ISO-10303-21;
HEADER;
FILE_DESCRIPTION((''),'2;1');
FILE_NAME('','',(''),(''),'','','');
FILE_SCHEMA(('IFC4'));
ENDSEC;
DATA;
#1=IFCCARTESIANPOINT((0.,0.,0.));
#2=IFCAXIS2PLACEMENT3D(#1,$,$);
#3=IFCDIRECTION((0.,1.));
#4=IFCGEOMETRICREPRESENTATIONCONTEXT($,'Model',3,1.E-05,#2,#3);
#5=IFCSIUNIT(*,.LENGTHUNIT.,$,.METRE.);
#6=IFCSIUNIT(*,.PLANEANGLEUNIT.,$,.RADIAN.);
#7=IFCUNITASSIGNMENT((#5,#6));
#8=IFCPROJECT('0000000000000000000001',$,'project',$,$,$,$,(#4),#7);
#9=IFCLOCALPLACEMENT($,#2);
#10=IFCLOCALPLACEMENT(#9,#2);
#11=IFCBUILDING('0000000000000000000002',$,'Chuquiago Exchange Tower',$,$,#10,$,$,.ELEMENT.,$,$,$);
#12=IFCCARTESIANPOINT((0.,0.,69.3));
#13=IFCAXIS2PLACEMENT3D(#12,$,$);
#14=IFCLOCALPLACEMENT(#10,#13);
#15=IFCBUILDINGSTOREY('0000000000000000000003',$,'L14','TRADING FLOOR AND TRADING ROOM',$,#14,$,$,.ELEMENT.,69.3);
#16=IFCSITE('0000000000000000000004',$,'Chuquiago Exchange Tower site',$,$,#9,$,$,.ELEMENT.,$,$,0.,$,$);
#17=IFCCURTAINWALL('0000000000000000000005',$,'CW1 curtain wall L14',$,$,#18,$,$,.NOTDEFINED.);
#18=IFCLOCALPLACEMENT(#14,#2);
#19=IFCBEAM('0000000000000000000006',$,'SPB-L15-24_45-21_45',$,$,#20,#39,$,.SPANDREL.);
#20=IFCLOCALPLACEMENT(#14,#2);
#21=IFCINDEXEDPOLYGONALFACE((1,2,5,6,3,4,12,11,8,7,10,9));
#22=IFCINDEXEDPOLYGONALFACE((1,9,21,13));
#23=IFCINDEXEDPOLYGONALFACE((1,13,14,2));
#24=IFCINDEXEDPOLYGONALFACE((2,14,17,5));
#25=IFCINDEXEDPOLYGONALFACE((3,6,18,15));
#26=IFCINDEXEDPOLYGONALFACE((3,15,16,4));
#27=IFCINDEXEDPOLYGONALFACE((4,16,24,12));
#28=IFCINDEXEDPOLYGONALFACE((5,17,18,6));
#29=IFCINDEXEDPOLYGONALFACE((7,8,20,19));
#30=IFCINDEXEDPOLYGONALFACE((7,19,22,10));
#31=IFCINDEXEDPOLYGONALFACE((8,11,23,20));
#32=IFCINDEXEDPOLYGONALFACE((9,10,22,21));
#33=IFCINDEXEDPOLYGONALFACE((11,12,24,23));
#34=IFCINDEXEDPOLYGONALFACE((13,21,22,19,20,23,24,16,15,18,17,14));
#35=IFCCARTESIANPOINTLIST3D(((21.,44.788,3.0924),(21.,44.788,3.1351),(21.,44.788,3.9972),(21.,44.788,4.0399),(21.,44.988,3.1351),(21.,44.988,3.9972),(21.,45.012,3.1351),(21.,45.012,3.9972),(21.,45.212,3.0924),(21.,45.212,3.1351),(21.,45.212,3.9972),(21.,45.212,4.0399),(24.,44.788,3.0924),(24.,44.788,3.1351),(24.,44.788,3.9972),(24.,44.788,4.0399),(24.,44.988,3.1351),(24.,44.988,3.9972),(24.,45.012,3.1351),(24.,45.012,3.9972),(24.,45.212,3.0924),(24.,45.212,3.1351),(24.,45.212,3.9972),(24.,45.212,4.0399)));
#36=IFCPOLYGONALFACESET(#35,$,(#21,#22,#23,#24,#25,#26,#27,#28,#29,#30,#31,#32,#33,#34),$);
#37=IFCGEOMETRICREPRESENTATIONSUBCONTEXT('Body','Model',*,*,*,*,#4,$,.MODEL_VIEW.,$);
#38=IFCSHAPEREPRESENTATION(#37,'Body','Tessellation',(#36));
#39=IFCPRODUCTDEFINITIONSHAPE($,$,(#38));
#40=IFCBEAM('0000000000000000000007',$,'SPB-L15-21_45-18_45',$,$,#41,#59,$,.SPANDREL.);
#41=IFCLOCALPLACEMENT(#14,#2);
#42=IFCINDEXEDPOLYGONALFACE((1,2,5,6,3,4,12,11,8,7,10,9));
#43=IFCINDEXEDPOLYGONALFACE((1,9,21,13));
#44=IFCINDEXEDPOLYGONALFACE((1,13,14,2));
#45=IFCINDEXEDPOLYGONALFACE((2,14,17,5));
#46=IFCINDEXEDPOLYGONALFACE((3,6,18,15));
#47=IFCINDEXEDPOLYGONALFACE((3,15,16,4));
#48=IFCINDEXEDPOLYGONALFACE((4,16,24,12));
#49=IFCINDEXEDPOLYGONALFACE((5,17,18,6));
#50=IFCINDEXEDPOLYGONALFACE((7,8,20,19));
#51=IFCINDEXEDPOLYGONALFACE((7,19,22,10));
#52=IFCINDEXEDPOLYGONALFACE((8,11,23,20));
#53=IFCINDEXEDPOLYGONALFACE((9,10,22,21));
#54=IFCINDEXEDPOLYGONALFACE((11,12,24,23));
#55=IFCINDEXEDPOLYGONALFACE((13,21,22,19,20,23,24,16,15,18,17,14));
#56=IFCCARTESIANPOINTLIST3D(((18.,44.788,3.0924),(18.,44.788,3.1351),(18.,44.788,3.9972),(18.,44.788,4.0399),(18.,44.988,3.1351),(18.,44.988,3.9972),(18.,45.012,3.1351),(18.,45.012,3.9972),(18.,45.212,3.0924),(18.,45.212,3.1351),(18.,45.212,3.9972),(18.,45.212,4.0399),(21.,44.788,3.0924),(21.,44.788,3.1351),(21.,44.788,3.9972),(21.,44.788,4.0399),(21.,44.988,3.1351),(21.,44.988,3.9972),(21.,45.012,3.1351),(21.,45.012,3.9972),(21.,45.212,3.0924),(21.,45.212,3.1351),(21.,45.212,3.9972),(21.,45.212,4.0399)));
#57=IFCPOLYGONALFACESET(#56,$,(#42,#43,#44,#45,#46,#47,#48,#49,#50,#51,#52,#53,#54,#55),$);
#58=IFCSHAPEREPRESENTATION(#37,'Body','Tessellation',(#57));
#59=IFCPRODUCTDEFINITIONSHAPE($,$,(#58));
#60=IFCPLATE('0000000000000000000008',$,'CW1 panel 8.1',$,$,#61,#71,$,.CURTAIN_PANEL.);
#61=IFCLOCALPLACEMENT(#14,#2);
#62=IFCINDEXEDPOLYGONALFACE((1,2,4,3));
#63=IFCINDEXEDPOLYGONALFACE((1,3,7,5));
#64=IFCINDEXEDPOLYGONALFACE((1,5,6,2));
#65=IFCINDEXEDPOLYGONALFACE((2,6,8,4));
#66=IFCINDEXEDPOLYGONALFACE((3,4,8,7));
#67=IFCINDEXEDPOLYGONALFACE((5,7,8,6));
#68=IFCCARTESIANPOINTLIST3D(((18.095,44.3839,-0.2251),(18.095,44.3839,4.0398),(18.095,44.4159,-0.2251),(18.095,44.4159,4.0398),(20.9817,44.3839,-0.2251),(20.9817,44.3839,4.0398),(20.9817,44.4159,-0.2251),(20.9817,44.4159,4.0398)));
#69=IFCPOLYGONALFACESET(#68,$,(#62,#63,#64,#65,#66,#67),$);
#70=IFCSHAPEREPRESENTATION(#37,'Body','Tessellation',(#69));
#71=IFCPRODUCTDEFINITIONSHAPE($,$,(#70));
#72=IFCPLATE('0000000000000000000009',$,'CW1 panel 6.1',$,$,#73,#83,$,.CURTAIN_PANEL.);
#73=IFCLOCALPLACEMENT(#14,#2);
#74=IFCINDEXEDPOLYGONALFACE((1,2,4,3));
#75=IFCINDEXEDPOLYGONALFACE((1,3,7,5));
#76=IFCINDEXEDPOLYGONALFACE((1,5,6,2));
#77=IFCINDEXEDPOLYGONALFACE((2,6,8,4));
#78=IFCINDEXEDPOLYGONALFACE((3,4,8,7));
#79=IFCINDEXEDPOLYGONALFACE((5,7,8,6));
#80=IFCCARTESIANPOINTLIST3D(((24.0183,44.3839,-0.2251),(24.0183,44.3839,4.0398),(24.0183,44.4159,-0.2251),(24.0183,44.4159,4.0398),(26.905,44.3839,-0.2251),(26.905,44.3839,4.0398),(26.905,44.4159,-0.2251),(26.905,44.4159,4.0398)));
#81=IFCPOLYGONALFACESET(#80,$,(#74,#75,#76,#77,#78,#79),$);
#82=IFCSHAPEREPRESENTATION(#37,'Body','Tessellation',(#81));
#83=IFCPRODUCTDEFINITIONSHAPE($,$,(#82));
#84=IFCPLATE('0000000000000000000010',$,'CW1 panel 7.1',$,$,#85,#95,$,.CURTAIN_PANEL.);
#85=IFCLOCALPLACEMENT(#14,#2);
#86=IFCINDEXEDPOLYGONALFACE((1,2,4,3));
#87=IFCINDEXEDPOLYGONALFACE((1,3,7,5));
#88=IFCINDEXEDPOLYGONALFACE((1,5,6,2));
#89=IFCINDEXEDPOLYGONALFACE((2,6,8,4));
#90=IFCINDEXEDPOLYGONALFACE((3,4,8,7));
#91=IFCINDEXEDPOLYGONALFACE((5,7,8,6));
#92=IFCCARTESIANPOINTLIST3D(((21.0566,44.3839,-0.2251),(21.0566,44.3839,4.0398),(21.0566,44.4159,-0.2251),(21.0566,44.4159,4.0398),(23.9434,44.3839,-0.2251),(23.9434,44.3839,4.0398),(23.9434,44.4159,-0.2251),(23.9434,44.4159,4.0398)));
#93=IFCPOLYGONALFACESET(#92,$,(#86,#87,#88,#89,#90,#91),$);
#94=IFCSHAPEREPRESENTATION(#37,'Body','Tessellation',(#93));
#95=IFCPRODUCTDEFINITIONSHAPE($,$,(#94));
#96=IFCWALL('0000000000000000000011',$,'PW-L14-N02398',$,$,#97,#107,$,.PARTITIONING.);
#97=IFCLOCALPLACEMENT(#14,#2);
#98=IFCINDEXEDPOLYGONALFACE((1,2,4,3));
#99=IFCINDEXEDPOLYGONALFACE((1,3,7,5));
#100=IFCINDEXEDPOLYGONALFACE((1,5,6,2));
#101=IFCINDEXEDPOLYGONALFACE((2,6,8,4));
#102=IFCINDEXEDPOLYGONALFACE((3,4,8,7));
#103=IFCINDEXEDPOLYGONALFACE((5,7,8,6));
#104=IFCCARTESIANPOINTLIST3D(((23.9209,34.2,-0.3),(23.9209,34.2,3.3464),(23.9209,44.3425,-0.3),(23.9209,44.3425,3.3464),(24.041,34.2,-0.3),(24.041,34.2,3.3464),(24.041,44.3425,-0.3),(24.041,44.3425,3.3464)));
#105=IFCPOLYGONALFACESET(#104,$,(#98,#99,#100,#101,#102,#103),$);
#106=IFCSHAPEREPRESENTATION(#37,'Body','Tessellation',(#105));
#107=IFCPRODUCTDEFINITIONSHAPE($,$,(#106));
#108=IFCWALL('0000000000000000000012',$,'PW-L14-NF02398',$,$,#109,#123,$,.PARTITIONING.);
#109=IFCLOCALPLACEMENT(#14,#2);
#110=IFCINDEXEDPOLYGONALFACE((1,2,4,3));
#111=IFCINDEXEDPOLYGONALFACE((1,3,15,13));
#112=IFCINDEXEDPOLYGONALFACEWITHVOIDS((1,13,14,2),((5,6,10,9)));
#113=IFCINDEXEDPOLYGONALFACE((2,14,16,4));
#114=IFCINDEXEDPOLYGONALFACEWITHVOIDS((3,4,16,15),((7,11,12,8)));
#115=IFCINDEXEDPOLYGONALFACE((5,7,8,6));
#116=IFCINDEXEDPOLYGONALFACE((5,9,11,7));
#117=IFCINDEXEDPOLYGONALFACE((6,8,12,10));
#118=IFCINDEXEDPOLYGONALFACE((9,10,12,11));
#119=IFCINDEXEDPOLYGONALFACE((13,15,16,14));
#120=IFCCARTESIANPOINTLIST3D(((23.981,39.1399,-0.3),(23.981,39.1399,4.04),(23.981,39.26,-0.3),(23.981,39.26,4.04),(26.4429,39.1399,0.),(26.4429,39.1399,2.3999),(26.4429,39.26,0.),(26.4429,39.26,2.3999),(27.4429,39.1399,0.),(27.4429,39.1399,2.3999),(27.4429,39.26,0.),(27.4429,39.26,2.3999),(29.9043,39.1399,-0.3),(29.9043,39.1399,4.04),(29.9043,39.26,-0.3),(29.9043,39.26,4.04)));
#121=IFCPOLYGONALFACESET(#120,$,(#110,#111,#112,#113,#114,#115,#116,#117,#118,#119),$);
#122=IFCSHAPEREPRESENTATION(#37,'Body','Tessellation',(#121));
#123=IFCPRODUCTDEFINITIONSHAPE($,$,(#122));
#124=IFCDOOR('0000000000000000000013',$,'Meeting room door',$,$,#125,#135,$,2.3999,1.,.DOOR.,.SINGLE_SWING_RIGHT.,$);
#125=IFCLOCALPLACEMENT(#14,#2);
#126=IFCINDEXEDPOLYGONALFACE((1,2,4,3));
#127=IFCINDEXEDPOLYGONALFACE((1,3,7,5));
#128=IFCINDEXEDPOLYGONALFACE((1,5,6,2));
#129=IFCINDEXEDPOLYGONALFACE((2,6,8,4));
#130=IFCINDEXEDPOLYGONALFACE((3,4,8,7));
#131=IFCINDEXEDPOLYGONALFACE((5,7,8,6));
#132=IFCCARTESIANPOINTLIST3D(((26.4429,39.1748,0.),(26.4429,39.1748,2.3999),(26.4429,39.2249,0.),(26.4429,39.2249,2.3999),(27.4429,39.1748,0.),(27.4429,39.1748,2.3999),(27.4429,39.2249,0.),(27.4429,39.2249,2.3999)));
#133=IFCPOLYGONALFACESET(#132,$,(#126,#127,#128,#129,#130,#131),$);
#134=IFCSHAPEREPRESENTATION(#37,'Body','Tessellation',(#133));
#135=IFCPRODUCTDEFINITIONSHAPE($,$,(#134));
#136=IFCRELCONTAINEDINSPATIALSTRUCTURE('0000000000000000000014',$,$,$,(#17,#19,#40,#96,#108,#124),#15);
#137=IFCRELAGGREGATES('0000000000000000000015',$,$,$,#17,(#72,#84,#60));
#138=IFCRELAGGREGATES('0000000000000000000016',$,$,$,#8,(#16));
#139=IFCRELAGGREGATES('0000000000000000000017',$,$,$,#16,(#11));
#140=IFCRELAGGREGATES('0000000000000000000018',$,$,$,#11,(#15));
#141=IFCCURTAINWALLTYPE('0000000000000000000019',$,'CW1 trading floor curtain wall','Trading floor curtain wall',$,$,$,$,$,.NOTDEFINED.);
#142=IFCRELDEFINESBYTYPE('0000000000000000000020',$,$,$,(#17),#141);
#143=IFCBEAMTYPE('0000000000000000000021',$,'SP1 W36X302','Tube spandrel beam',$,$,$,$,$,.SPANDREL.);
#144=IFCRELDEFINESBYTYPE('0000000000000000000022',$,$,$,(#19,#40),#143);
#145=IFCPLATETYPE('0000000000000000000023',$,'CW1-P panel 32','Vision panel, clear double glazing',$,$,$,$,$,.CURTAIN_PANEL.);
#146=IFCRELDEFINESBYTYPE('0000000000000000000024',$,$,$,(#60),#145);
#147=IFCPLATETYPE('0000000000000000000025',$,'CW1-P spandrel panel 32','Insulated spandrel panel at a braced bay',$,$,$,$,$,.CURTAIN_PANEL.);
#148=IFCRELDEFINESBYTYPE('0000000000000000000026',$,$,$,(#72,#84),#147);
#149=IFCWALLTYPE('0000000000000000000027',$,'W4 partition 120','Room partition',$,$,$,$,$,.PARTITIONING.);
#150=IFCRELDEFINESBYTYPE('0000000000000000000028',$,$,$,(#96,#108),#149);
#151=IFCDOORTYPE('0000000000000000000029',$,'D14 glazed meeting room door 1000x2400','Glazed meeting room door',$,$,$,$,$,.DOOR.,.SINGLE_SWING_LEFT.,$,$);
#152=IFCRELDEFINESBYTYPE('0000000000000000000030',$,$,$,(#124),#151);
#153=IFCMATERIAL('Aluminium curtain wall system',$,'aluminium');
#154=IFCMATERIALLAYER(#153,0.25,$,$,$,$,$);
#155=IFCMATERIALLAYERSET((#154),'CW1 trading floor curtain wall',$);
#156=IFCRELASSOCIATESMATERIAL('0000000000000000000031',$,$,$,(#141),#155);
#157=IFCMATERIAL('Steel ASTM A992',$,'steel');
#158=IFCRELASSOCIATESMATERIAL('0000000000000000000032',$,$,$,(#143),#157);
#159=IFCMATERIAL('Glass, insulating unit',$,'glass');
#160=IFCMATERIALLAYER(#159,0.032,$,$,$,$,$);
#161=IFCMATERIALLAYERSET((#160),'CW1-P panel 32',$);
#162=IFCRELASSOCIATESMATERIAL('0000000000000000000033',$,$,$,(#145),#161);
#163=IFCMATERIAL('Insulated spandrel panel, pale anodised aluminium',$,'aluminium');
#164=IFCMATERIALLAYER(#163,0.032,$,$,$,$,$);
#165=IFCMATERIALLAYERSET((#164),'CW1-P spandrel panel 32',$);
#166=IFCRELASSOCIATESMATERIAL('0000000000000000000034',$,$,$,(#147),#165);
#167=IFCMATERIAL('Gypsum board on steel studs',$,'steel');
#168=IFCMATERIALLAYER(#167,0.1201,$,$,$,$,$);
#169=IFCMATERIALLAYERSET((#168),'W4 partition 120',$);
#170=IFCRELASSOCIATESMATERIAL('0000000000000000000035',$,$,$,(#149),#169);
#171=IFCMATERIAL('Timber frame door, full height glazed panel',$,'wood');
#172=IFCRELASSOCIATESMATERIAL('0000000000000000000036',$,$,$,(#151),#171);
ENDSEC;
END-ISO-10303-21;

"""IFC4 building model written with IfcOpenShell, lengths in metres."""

from ifc_helpers import new_model, si_unit, direction, frame, frame_2d, origin, origin_2d, place, context, subcontext, project, spatial, rectangle, i_section, extrude, material, layer, layer_set, material_profile, profile_set, type_object, element, fill, aggregate, save


model = new_model("IFC4")

# Units and contexts
model_context = context("Model", 3, precision=1e-05, world=origin(), true_north=direction((0.0, 1.0)))
body_context = subcontext(model_context, "Body", "Model", "MODEL_VIEW")
ifc_project = project(units=[si_unit("LENGTHUNIT", "METRE"), si_unit("PLANEANGLEUNIT", "RADIAN")], contexts=[model_context])

# Site, building, storey
site_placement = place(None, origin())
site = spatial("IfcSite", under=ifc_project, at=site_placement, Name="Chuquiago Exchange Tower site", CompositionType="ELEMENT", RefElevation=0.0)
building_placement = place(site_placement, origin())
building = spatial("IfcBuilding", under=site, at=building_placement, Name="Chuquiago Exchange Tower", CompositionType="ELEMENT")
storey_placement = place(building_placement, frame((0.0, 0.0, 69.3)))
storey = spatial("IfcBuildingStorey", under=building, at=storey_placement, Name="L14", Description="TRADING FLOOR AND TRADING ROOM", CompositionType="ELEMENT", Elevation=69.3)

# Curtain wall
ifc_material_1 = material(Name="Aluminium curtain wall system", Category="aluminium")
ifc_layer_1 = layer(ifc_material_1, 0.25)
ifc_layer_set_1 = layer_set([ifc_layer_1], Name="CW1 trading floor curtain wall")
curtain_wall_type = type_object("IfcCurtainWallType", Name="CW1 trading floor curtain wall", Description="Trading floor curtain wall", PredefinedType="NOTDEFINED", material=ifc_layer_set_1)
curtain_wall_placement = place(storey_placement, origin())
curtain_wall = element("IfcCurtainWall", 1, at=curtain_wall_placement, inside=storey, type_object=curtain_wall_type, Name="CW1 curtain wall L14", PredefinedType="NOTDEFINED")

# Beams
ifc_material_2 = material(Name="Steel ASTM A992", Category="steel")
ifc_material_profile_1 = material_profile(ifc_material_2, i_section(OverallWidth=0.4241, OverallDepth=0.9475, WebThickness=0.0239, FlangeThickness=0.0427, at=origin_2d()), Name="W36X302")
ifc_profile_set_1 = profile_set([ifc_material_profile_1], Name="Steel ASTM A992")
beam_type = type_object("IfcBeamType", Name="SP1 W36X302", Description="Tube spandrel beam", PredefinedType="SPANDREL", material=ifc_profile_set_1)
for number, where, z_axis, x_axis, name in (
    (2, (24.0, 45.0, 3.5662), (-1.0, 0.0, 0.0), (0.0, -1.0, 0.0), "SPB-L15-24_45-21_45"),
    (3, (21.0, 45.0, 3.5662), (-1.0, 0.0, 0.0), (0.0, -1.0, 0.0), "SPB-L15-21_45-18_45"),
):
    element("IfcBeam", number, at=place(storey_placement, frame(where, z_axis=z_axis, x_axis=x_axis)), inside=storey, type_object=beam_type, Name=name, PredefinedType="SPANDREL", context=body_context, shape_type="SweptSolid", body=[
        extrude(i_section(OverallWidth=0.4241, OverallDepth=0.9475, WebThickness=0.0239, FlangeThickness=0.0427, at=origin_2d()), origin(), (0.0, 0.0, 1.0), 3.0),
    ])

# Plates
ifc_material_3 = material(Name="Glass, insulating unit", Category="glass")
ifc_layer_2 = layer(ifc_material_3, 0.032)
ifc_layer_set_2 = layer_set([ifc_layer_2], Name="CW1-P panel 32")
plate_type_1 = type_object("IfcPlateType", Name="CW1-P panel 32", Description="Vision panel, clear double glazing", PredefinedType="CURTAIN_PANEL", material=ifc_layer_set_2)
plate_1_placement = place(storey_placement, frame((19.5383, 44.3999, -0.2251), z_axis=(0.0, 0.0, 1.0), x_axis=(-1.0, 0.0, 0.0)))
plate_1 = element("IfcPlate", 4, at=plate_1_placement, type_object=plate_type_1, Name="CW1 panel 8.1", PredefinedType="CURTAIN_PANEL", context=body_context, shape_type="SweptSolid", body=[
    extrude(rectangle(XDim=2.8867, YDim=0.032, at=origin_2d()), origin(), (0.0, 0.0, 1.0), 4.2649),
])
ifc_material_4 = material(Name="Insulated spandrel panel, pale anodised aluminium", Category="aluminium")
ifc_layer_3 = layer(ifc_material_4, 0.032)
ifc_layer_set_3 = layer_set([ifc_layer_3], Name="CW1-P spandrel panel 32")
plate_type_2 = type_object("IfcPlateType", Name="CW1-P spandrel panel 32", Description="Insulated spandrel panel at a braced bay", PredefinedType="CURTAIN_PANEL", material=ifc_layer_set_3)
plate_2_placement = place(storey_placement, frame((25.4617, 44.3999, -0.2251), z_axis=(0.0, 0.0, 1.0), x_axis=(-1.0, 0.0, 0.0)))
plate_2 = element("IfcPlate", 5, at=plate_2_placement, type_object=plate_type_2, Name="CW1 panel 6.1", PredefinedType="CURTAIN_PANEL", context=body_context, shape_type="SweptSolid", body=[
    extrude(rectangle(XDim=2.8867, YDim=0.032, at=origin_2d()), origin(), (0.0, 0.0, 1.0), 4.2649),
])
plate_3_placement = place(storey_placement, frame((22.5, 44.3999, -0.2251), z_axis=(0.0, 0.0, 1.0), x_axis=(-1.0, 0.0, 0.0)))
plate_3 = element("IfcPlate", 6, at=plate_3_placement, type_object=plate_type_2, Name="CW1 panel 7.1", PredefinedType="CURTAIN_PANEL", context=body_context, shape_type="SweptSolid", body=[
    extrude(rectangle(XDim=2.8867, YDim=0.032, at=origin_2d()), origin(), (0.0, 0.0, 1.0), 4.2649),
])
aggregate(curtain_wall, [plate_2, plate_3, plate_1])

# Wall
ifc_material_5 = material(Name="Gypsum board on steel studs", Category="steel")
ifc_layer_4 = layer(ifc_material_5, 0.1201)
ifc_layer_set_4 = layer_set([ifc_layer_4], Name="W4 partition 120")
wall_type = type_object("IfcWallType", Name="W4 partition 120", Description="Room partition", PredefinedType="PARTITIONING", material=ifc_layer_set_4)
wall_1_placement = place(storey_placement, frame((23.981, 44.3425, -0.3), z_axis=(0.0, 0.0, 1.0), x_axis=(0.0, -1.0, 0.0)))
element("IfcWall", 7, at=wall_1_placement, inside=storey, type_object=wall_type, Name="PW-L14-N02398", PredefinedType="PARTITIONING", context=body_context, shape_type="SweptSolid", body=[
    extrude(rectangle(XDim=10.1426, YDim=0.1201, at=frame_2d((5.0713, 0.0))), origin(), (0.0, 0.0, 1.0), 3.6465),
])

# Wall, opening, door
wall_2_placement = place(storey_placement, frame((23.981, 39.2, -0.3), z_axis=(0.0, 0.0, 1.0), x_axis=(1.0, 0.0, 0.0)))
wall_2 = element("IfcWall", 8, at=wall_2_placement, inside=storey, type_object=wall_type, Name="PW-L14-NF02398", PredefinedType="PARTITIONING", context=body_context, shape_type="SweptSolid", body=[
    extrude(rectangle(XDim=5.9233, YDim=0.1201, at=frame_2d((2.9617, 0.0))), origin(), (0.0, 0.0, 1.0), 4.3401),
])
opening_placement = place(wall_2_placement, frame((2.4619, 0.0, 0.3)))
opening = element("IfcOpeningElement", 9, at=opening_placement, cuts=wall_2, PredefinedType="OPENING", context=body_context, shape_type="SweptSolid", body=[
    extrude(rectangle(XDim=1.0, YDim=2.3999, at=frame_2d((0.5, 1.2))), frame((0.0, 0.0701, 0.0), z_axis=(0.0, -1.0, 0.0), x_axis=(1.0, 0.0, 0.0)), (0.0, 0.0, 1.0), 0.1401),
])
ifc_material_6 = material(Name="Timber frame door, full height glazed panel", Category="wood")
door_type = type_object("IfcDoorType", Name="D14 glazed meeting room door 1000x2400", Description="Glazed meeting room door", OperationType="SINGLE_SWING_LEFT", PredefinedType="DOOR", material=ifc_material_6)
door_placement = place(opening_placement, origin())
door = element("IfcDoor", 10, at=door_placement, inside=storey, type_object=door_type, Name="Meeting room door", OperationType="SINGLE_SWING_RIGHT", OverallHeight=2.3999, OverallWidth=1.0, PredefinedType="DOOR", context=body_context, shape_type="SweptSolid", body=[
    extrude(rectangle(XDim=1.0, YDim=2.3999, at=frame_2d((0.5, 1.2))), frame((0.0, 0.0249, 0.0), z_axis=(0.0, -1.0, 0.0), x_axis=(1.0, 0.0, 0.0)), (0.0, 0.0, 1.0), 0.05),
])
fill(opening, door)

save(model, "model.ifc")
